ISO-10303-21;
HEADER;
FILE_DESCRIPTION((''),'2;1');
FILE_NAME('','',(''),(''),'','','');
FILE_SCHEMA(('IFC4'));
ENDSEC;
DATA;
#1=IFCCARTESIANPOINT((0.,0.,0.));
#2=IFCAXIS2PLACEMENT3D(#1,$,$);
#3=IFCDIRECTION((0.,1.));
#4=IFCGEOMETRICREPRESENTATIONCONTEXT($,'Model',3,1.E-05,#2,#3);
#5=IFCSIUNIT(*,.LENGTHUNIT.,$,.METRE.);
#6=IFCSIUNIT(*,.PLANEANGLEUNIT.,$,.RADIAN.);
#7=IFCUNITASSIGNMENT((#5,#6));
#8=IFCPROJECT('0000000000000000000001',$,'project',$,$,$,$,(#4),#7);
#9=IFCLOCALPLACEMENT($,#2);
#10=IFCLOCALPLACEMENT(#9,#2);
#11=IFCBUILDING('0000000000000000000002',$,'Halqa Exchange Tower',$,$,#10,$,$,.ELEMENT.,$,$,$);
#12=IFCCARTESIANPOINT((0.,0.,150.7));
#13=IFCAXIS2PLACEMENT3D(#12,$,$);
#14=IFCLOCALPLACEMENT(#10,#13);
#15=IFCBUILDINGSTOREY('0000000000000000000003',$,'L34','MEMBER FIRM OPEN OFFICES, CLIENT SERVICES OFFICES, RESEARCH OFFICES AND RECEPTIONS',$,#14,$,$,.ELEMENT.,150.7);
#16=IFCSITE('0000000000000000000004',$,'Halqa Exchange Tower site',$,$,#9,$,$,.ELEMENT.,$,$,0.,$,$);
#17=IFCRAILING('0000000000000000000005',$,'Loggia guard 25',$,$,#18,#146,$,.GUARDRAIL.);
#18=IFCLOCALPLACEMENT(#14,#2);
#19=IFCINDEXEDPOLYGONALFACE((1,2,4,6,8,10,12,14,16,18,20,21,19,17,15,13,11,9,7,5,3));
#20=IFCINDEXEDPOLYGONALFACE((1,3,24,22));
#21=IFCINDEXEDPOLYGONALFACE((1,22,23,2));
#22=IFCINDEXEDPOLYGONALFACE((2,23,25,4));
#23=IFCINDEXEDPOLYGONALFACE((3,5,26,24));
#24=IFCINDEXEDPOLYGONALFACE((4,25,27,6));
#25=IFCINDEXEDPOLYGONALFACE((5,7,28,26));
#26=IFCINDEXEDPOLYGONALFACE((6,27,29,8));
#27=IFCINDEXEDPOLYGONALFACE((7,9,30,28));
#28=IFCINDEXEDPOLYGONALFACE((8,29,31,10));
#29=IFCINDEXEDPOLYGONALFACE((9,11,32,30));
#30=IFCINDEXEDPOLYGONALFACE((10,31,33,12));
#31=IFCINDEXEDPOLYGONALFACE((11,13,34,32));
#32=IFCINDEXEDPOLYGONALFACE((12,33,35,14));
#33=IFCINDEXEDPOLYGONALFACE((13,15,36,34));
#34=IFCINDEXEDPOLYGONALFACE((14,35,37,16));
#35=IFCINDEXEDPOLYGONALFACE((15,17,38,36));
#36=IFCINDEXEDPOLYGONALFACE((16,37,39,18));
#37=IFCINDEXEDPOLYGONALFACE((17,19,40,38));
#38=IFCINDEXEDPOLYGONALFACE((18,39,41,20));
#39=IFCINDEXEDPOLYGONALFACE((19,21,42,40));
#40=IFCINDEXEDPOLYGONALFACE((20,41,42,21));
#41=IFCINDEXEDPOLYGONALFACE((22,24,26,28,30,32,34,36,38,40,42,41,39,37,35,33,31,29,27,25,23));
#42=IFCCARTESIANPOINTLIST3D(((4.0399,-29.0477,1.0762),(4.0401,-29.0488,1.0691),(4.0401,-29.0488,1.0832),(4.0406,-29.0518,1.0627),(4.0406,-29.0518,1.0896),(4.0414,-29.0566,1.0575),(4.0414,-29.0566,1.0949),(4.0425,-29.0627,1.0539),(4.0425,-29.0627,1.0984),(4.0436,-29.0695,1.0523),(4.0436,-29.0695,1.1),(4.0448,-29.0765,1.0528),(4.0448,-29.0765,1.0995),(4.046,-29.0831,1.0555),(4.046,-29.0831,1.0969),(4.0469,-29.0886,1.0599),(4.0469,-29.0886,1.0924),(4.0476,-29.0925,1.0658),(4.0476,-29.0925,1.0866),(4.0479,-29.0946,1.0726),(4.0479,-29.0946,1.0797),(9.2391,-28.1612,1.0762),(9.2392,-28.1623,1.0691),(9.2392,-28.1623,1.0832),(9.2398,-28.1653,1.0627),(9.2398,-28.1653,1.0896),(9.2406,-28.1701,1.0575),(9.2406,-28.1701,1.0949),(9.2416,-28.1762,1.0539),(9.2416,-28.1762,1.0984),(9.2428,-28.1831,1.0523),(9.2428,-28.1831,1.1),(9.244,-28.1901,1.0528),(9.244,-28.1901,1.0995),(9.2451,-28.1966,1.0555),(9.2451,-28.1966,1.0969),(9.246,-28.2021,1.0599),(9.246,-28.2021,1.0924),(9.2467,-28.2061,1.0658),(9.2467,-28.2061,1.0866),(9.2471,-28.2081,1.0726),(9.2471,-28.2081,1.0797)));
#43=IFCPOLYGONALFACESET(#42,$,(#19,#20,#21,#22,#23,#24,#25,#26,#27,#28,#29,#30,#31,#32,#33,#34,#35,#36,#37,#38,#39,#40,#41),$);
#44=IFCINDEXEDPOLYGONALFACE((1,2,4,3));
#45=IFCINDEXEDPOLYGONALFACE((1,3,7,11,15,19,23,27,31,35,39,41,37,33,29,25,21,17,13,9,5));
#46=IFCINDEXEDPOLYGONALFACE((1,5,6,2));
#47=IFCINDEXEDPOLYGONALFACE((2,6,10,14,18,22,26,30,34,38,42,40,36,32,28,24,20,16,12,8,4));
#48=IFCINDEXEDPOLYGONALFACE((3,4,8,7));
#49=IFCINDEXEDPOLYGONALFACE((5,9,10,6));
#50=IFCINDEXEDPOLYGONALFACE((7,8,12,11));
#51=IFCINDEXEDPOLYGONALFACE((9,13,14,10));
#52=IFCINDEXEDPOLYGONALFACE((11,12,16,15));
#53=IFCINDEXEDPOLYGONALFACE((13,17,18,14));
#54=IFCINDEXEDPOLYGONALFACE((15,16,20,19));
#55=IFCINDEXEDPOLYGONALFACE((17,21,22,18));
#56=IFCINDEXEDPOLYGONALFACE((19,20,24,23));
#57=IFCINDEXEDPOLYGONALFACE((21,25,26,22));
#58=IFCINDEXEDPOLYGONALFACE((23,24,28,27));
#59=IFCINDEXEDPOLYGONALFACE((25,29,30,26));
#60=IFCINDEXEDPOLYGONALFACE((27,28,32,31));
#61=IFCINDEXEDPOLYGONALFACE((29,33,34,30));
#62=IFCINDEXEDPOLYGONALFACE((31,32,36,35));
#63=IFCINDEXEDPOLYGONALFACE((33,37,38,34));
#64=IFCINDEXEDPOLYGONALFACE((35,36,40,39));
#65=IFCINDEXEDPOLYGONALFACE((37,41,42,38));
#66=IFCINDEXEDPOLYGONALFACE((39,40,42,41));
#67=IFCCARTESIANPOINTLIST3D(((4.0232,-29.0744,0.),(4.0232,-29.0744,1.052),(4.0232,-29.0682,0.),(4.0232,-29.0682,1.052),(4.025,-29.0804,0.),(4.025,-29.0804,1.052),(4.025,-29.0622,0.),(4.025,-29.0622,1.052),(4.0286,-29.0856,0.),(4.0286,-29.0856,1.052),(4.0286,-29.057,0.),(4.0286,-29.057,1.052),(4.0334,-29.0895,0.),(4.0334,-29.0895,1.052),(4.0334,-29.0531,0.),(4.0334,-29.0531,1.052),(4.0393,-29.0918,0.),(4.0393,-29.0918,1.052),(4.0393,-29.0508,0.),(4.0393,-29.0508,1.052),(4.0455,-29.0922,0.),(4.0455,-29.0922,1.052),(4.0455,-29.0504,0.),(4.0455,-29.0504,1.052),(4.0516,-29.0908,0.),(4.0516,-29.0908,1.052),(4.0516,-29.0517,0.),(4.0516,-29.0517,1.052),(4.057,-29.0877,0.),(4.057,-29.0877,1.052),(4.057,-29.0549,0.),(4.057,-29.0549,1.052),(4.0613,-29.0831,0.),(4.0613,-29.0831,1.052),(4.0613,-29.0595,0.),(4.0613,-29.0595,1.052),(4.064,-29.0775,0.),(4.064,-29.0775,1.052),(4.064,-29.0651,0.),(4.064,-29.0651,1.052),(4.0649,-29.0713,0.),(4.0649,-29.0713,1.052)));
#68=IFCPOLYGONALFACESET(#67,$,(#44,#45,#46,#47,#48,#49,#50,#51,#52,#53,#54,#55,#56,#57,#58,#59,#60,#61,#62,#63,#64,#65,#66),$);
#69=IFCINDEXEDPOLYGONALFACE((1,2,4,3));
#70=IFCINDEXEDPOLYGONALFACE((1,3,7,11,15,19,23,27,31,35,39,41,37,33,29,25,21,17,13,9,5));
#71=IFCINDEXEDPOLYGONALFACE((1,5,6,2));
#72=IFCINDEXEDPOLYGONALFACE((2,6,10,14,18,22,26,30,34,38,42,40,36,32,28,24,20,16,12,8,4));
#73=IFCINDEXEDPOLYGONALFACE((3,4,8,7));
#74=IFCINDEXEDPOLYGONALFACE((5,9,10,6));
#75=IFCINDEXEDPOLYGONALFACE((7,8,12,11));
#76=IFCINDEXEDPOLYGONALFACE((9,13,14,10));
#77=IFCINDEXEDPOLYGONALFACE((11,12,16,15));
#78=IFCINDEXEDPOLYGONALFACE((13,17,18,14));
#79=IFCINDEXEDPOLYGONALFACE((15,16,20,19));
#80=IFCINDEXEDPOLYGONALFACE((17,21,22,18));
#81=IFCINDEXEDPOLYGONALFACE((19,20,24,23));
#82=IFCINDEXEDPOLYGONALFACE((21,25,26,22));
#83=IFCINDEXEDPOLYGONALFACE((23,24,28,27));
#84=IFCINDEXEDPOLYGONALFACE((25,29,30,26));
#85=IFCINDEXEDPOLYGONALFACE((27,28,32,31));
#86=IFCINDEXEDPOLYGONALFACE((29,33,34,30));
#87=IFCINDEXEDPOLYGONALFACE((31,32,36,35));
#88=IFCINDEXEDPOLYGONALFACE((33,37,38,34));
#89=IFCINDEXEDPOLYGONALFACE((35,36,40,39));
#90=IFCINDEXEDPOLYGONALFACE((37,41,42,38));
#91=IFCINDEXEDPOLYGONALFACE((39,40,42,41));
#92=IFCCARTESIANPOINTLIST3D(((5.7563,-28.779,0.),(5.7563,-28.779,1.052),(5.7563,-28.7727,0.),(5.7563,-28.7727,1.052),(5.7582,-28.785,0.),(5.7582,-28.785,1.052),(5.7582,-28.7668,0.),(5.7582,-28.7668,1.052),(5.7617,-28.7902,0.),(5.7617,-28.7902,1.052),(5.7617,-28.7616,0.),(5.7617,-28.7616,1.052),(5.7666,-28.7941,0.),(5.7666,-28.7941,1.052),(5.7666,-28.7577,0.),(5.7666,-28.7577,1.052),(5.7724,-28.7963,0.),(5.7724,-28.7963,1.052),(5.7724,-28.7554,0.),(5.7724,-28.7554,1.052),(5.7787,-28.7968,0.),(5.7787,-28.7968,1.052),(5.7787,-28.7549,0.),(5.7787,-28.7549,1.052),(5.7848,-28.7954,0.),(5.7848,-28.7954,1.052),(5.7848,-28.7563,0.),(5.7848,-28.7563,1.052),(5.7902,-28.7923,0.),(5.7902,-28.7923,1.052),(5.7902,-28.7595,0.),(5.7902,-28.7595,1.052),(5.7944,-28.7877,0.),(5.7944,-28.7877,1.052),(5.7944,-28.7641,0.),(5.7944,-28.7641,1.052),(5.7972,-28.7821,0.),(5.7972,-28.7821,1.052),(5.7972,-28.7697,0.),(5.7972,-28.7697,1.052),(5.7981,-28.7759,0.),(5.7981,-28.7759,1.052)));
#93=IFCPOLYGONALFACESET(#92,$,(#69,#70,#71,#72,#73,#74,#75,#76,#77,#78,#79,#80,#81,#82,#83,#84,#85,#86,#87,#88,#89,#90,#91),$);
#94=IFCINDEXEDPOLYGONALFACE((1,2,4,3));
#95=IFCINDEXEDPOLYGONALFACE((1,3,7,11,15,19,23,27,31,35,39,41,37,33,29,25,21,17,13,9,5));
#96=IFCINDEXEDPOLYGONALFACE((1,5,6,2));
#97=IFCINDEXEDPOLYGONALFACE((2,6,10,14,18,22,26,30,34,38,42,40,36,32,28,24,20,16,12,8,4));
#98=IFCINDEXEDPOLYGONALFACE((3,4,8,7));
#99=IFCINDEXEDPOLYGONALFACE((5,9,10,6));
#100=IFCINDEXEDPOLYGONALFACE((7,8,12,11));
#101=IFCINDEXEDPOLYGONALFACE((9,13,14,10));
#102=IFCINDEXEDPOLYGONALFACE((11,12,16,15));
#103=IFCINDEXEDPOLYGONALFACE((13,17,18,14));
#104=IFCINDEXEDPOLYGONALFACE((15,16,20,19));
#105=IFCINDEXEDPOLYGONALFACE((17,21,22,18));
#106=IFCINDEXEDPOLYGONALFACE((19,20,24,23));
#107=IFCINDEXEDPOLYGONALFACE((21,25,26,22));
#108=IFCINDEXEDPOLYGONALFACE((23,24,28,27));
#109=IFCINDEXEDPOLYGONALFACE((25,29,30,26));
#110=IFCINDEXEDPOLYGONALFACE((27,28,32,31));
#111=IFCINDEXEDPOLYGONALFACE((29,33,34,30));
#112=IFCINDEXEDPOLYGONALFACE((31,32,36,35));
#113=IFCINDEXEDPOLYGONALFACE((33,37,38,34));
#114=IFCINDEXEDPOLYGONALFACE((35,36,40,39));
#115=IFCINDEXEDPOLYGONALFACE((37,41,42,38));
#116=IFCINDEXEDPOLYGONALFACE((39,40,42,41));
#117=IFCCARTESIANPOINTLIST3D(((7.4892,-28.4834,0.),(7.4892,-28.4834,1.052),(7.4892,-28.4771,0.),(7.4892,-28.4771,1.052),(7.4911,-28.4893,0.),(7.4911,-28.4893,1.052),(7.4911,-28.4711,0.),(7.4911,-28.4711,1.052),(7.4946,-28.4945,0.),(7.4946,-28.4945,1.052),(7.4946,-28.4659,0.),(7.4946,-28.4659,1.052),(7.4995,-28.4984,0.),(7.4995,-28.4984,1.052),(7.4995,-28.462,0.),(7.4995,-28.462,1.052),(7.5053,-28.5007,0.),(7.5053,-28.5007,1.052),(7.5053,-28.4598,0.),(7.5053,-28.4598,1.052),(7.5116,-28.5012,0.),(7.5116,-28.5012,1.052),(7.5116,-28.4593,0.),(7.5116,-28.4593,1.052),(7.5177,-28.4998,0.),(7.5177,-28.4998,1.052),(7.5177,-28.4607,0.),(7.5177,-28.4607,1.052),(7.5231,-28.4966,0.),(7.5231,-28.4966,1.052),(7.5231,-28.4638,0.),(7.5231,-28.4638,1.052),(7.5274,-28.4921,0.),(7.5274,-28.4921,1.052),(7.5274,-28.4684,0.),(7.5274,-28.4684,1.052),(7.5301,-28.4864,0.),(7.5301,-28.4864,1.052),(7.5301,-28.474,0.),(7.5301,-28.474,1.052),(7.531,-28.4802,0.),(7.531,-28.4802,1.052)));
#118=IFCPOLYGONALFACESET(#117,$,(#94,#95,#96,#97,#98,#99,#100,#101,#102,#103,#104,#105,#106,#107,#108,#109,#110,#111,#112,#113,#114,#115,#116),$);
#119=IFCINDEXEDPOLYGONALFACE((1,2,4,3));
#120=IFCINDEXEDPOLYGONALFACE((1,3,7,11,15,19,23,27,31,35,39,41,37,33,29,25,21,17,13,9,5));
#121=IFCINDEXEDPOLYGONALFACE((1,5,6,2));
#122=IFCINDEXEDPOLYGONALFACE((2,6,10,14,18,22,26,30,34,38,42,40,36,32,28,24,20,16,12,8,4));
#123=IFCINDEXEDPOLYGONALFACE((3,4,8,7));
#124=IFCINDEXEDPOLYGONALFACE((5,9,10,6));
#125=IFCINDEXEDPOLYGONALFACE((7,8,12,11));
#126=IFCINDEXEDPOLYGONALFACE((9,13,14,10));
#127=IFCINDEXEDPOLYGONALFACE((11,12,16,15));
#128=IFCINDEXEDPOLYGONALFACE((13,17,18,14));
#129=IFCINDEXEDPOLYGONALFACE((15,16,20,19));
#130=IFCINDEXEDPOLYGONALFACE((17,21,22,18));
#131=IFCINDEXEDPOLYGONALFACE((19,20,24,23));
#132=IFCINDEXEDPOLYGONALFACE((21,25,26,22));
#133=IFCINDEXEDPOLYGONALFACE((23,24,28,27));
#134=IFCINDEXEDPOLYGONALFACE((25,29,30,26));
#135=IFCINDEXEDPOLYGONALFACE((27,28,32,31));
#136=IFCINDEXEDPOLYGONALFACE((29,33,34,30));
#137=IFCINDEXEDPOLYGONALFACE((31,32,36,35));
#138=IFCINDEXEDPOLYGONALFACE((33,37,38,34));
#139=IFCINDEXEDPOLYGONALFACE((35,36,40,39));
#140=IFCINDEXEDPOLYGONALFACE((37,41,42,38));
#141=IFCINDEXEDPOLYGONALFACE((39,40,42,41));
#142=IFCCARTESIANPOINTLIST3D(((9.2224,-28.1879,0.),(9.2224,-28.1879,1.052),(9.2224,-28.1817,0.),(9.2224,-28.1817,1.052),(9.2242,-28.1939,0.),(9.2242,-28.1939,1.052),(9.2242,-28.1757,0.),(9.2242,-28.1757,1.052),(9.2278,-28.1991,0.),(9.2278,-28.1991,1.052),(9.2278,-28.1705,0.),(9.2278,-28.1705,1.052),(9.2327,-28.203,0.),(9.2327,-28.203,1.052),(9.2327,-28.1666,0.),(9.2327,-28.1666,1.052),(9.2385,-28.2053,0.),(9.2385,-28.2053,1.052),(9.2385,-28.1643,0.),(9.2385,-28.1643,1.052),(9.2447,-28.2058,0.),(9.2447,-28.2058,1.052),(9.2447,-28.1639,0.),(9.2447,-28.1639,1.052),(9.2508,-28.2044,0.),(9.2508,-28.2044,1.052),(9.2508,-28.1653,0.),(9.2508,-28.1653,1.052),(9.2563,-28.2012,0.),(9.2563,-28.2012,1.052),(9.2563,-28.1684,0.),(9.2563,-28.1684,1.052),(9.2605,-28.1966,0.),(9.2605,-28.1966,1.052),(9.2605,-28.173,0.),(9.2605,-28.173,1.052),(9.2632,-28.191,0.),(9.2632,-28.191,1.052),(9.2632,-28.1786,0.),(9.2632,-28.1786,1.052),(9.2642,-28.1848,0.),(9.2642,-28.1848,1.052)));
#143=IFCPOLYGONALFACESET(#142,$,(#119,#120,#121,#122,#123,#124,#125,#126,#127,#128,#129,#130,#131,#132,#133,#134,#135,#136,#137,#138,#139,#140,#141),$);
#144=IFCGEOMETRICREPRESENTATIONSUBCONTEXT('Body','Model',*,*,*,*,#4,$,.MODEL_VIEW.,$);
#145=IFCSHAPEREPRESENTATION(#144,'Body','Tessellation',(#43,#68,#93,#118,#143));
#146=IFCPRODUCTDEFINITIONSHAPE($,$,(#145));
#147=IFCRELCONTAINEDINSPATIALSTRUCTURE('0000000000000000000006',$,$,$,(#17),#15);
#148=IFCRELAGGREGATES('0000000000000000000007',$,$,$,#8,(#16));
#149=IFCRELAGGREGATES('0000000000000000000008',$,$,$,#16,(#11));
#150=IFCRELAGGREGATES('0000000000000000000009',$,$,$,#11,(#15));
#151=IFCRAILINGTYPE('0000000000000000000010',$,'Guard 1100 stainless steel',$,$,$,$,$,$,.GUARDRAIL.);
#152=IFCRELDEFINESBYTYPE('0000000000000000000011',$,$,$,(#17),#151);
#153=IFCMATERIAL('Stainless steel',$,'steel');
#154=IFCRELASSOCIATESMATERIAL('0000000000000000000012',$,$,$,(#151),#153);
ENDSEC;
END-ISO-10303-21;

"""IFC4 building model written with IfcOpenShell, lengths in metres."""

from ifc_helpers import new_model, si_unit, direction, frame, origin, origin_2d, place, context, subcontext, project, spatial, circle, extrude, material, type_object, element, save


model = new_model("IFC4")

# Units and contexts
model_context = context("Model", 3, precision=1e-05, world=origin(), true_north=direction((0.0, 1.0)))
body_context = subcontext(model_context, "Body", "Model", "MODEL_VIEW")
ifc_project = project(units=[si_unit("LENGTHUNIT", "METRE"), si_unit("PLANEANGLEUNIT", "RADIAN")], contexts=[model_context])

# Site, building, storey
site_placement = place(None, origin())
site = spatial("IfcSite", under=ifc_project, at=site_placement, Name="Halqa Exchange Tower site", CompositionType="ELEMENT", RefElevation=0.0)
building_placement = place(site_placement, origin())
building = spatial("IfcBuilding", under=site, at=building_placement, Name="Halqa Exchange Tower", CompositionType="ELEMENT")
storey_placement = place(building_placement, frame((0.0, 0.0, 150.7)))
storey = spatial("IfcBuildingStorey", under=building, at=storey_placement, Name="L34", Description="MEMBER FIRM OPEN OFFICES, CLIENT SERVICES OFFICES, RESEARCH OFFICES AND RECEPTIONS", CompositionType="ELEMENT", Elevation=150.7)

# Railing
ifc_material_1 = material(Name="Stainless steel", Category="steel")
railing_type_1 = type_object("IfcRailingType", Name="Guard 1100 stainless steel", PredefinedType="GUARDRAIL", material=ifc_material_1)
railing_1_placement = place(storey_placement, frame((4.0439, -29.0713, 0.0)))
element("IfcRailing", 1, at=railing_1_placement, inside=storey, type_object=railing_type_1, Name="Loggia guard 25", PredefinedType="GUARDRAIL", context=body_context, shape_type="SweptSolid", body=[
    extrude(circle(Radius=0.0239, at=origin_2d()), frame((0.0, 0.0, 1.0762), z_axis=(0.985774, 0.168076, 0.0), x_axis=(-0.168076, 0.985774, 0.0)), (0.0, 0.0, 1.0), 5.2742),
    extrude(circle(Radius=0.021, at=origin_2d()), origin(), (0.0, 0.0, 1.0), 1.052),
    extrude(circle(Radius=0.021, at=origin_2d()), frame((1.7332, 0.2954, 0.0)), (0.0, 0.0, 1.0), 1.052),
    extrude(circle(Radius=0.021, at=origin_2d()), frame((3.4661, 0.5911, 0.0)), (0.0, 0.0, 1.0), 1.052),
    extrude(circle(Radius=0.021, at=origin_2d()), frame((5.1992, 0.8865, 0.0)), (0.0, 0.0, 1.0), 1.052),
])

save(model, "model.ifc")
